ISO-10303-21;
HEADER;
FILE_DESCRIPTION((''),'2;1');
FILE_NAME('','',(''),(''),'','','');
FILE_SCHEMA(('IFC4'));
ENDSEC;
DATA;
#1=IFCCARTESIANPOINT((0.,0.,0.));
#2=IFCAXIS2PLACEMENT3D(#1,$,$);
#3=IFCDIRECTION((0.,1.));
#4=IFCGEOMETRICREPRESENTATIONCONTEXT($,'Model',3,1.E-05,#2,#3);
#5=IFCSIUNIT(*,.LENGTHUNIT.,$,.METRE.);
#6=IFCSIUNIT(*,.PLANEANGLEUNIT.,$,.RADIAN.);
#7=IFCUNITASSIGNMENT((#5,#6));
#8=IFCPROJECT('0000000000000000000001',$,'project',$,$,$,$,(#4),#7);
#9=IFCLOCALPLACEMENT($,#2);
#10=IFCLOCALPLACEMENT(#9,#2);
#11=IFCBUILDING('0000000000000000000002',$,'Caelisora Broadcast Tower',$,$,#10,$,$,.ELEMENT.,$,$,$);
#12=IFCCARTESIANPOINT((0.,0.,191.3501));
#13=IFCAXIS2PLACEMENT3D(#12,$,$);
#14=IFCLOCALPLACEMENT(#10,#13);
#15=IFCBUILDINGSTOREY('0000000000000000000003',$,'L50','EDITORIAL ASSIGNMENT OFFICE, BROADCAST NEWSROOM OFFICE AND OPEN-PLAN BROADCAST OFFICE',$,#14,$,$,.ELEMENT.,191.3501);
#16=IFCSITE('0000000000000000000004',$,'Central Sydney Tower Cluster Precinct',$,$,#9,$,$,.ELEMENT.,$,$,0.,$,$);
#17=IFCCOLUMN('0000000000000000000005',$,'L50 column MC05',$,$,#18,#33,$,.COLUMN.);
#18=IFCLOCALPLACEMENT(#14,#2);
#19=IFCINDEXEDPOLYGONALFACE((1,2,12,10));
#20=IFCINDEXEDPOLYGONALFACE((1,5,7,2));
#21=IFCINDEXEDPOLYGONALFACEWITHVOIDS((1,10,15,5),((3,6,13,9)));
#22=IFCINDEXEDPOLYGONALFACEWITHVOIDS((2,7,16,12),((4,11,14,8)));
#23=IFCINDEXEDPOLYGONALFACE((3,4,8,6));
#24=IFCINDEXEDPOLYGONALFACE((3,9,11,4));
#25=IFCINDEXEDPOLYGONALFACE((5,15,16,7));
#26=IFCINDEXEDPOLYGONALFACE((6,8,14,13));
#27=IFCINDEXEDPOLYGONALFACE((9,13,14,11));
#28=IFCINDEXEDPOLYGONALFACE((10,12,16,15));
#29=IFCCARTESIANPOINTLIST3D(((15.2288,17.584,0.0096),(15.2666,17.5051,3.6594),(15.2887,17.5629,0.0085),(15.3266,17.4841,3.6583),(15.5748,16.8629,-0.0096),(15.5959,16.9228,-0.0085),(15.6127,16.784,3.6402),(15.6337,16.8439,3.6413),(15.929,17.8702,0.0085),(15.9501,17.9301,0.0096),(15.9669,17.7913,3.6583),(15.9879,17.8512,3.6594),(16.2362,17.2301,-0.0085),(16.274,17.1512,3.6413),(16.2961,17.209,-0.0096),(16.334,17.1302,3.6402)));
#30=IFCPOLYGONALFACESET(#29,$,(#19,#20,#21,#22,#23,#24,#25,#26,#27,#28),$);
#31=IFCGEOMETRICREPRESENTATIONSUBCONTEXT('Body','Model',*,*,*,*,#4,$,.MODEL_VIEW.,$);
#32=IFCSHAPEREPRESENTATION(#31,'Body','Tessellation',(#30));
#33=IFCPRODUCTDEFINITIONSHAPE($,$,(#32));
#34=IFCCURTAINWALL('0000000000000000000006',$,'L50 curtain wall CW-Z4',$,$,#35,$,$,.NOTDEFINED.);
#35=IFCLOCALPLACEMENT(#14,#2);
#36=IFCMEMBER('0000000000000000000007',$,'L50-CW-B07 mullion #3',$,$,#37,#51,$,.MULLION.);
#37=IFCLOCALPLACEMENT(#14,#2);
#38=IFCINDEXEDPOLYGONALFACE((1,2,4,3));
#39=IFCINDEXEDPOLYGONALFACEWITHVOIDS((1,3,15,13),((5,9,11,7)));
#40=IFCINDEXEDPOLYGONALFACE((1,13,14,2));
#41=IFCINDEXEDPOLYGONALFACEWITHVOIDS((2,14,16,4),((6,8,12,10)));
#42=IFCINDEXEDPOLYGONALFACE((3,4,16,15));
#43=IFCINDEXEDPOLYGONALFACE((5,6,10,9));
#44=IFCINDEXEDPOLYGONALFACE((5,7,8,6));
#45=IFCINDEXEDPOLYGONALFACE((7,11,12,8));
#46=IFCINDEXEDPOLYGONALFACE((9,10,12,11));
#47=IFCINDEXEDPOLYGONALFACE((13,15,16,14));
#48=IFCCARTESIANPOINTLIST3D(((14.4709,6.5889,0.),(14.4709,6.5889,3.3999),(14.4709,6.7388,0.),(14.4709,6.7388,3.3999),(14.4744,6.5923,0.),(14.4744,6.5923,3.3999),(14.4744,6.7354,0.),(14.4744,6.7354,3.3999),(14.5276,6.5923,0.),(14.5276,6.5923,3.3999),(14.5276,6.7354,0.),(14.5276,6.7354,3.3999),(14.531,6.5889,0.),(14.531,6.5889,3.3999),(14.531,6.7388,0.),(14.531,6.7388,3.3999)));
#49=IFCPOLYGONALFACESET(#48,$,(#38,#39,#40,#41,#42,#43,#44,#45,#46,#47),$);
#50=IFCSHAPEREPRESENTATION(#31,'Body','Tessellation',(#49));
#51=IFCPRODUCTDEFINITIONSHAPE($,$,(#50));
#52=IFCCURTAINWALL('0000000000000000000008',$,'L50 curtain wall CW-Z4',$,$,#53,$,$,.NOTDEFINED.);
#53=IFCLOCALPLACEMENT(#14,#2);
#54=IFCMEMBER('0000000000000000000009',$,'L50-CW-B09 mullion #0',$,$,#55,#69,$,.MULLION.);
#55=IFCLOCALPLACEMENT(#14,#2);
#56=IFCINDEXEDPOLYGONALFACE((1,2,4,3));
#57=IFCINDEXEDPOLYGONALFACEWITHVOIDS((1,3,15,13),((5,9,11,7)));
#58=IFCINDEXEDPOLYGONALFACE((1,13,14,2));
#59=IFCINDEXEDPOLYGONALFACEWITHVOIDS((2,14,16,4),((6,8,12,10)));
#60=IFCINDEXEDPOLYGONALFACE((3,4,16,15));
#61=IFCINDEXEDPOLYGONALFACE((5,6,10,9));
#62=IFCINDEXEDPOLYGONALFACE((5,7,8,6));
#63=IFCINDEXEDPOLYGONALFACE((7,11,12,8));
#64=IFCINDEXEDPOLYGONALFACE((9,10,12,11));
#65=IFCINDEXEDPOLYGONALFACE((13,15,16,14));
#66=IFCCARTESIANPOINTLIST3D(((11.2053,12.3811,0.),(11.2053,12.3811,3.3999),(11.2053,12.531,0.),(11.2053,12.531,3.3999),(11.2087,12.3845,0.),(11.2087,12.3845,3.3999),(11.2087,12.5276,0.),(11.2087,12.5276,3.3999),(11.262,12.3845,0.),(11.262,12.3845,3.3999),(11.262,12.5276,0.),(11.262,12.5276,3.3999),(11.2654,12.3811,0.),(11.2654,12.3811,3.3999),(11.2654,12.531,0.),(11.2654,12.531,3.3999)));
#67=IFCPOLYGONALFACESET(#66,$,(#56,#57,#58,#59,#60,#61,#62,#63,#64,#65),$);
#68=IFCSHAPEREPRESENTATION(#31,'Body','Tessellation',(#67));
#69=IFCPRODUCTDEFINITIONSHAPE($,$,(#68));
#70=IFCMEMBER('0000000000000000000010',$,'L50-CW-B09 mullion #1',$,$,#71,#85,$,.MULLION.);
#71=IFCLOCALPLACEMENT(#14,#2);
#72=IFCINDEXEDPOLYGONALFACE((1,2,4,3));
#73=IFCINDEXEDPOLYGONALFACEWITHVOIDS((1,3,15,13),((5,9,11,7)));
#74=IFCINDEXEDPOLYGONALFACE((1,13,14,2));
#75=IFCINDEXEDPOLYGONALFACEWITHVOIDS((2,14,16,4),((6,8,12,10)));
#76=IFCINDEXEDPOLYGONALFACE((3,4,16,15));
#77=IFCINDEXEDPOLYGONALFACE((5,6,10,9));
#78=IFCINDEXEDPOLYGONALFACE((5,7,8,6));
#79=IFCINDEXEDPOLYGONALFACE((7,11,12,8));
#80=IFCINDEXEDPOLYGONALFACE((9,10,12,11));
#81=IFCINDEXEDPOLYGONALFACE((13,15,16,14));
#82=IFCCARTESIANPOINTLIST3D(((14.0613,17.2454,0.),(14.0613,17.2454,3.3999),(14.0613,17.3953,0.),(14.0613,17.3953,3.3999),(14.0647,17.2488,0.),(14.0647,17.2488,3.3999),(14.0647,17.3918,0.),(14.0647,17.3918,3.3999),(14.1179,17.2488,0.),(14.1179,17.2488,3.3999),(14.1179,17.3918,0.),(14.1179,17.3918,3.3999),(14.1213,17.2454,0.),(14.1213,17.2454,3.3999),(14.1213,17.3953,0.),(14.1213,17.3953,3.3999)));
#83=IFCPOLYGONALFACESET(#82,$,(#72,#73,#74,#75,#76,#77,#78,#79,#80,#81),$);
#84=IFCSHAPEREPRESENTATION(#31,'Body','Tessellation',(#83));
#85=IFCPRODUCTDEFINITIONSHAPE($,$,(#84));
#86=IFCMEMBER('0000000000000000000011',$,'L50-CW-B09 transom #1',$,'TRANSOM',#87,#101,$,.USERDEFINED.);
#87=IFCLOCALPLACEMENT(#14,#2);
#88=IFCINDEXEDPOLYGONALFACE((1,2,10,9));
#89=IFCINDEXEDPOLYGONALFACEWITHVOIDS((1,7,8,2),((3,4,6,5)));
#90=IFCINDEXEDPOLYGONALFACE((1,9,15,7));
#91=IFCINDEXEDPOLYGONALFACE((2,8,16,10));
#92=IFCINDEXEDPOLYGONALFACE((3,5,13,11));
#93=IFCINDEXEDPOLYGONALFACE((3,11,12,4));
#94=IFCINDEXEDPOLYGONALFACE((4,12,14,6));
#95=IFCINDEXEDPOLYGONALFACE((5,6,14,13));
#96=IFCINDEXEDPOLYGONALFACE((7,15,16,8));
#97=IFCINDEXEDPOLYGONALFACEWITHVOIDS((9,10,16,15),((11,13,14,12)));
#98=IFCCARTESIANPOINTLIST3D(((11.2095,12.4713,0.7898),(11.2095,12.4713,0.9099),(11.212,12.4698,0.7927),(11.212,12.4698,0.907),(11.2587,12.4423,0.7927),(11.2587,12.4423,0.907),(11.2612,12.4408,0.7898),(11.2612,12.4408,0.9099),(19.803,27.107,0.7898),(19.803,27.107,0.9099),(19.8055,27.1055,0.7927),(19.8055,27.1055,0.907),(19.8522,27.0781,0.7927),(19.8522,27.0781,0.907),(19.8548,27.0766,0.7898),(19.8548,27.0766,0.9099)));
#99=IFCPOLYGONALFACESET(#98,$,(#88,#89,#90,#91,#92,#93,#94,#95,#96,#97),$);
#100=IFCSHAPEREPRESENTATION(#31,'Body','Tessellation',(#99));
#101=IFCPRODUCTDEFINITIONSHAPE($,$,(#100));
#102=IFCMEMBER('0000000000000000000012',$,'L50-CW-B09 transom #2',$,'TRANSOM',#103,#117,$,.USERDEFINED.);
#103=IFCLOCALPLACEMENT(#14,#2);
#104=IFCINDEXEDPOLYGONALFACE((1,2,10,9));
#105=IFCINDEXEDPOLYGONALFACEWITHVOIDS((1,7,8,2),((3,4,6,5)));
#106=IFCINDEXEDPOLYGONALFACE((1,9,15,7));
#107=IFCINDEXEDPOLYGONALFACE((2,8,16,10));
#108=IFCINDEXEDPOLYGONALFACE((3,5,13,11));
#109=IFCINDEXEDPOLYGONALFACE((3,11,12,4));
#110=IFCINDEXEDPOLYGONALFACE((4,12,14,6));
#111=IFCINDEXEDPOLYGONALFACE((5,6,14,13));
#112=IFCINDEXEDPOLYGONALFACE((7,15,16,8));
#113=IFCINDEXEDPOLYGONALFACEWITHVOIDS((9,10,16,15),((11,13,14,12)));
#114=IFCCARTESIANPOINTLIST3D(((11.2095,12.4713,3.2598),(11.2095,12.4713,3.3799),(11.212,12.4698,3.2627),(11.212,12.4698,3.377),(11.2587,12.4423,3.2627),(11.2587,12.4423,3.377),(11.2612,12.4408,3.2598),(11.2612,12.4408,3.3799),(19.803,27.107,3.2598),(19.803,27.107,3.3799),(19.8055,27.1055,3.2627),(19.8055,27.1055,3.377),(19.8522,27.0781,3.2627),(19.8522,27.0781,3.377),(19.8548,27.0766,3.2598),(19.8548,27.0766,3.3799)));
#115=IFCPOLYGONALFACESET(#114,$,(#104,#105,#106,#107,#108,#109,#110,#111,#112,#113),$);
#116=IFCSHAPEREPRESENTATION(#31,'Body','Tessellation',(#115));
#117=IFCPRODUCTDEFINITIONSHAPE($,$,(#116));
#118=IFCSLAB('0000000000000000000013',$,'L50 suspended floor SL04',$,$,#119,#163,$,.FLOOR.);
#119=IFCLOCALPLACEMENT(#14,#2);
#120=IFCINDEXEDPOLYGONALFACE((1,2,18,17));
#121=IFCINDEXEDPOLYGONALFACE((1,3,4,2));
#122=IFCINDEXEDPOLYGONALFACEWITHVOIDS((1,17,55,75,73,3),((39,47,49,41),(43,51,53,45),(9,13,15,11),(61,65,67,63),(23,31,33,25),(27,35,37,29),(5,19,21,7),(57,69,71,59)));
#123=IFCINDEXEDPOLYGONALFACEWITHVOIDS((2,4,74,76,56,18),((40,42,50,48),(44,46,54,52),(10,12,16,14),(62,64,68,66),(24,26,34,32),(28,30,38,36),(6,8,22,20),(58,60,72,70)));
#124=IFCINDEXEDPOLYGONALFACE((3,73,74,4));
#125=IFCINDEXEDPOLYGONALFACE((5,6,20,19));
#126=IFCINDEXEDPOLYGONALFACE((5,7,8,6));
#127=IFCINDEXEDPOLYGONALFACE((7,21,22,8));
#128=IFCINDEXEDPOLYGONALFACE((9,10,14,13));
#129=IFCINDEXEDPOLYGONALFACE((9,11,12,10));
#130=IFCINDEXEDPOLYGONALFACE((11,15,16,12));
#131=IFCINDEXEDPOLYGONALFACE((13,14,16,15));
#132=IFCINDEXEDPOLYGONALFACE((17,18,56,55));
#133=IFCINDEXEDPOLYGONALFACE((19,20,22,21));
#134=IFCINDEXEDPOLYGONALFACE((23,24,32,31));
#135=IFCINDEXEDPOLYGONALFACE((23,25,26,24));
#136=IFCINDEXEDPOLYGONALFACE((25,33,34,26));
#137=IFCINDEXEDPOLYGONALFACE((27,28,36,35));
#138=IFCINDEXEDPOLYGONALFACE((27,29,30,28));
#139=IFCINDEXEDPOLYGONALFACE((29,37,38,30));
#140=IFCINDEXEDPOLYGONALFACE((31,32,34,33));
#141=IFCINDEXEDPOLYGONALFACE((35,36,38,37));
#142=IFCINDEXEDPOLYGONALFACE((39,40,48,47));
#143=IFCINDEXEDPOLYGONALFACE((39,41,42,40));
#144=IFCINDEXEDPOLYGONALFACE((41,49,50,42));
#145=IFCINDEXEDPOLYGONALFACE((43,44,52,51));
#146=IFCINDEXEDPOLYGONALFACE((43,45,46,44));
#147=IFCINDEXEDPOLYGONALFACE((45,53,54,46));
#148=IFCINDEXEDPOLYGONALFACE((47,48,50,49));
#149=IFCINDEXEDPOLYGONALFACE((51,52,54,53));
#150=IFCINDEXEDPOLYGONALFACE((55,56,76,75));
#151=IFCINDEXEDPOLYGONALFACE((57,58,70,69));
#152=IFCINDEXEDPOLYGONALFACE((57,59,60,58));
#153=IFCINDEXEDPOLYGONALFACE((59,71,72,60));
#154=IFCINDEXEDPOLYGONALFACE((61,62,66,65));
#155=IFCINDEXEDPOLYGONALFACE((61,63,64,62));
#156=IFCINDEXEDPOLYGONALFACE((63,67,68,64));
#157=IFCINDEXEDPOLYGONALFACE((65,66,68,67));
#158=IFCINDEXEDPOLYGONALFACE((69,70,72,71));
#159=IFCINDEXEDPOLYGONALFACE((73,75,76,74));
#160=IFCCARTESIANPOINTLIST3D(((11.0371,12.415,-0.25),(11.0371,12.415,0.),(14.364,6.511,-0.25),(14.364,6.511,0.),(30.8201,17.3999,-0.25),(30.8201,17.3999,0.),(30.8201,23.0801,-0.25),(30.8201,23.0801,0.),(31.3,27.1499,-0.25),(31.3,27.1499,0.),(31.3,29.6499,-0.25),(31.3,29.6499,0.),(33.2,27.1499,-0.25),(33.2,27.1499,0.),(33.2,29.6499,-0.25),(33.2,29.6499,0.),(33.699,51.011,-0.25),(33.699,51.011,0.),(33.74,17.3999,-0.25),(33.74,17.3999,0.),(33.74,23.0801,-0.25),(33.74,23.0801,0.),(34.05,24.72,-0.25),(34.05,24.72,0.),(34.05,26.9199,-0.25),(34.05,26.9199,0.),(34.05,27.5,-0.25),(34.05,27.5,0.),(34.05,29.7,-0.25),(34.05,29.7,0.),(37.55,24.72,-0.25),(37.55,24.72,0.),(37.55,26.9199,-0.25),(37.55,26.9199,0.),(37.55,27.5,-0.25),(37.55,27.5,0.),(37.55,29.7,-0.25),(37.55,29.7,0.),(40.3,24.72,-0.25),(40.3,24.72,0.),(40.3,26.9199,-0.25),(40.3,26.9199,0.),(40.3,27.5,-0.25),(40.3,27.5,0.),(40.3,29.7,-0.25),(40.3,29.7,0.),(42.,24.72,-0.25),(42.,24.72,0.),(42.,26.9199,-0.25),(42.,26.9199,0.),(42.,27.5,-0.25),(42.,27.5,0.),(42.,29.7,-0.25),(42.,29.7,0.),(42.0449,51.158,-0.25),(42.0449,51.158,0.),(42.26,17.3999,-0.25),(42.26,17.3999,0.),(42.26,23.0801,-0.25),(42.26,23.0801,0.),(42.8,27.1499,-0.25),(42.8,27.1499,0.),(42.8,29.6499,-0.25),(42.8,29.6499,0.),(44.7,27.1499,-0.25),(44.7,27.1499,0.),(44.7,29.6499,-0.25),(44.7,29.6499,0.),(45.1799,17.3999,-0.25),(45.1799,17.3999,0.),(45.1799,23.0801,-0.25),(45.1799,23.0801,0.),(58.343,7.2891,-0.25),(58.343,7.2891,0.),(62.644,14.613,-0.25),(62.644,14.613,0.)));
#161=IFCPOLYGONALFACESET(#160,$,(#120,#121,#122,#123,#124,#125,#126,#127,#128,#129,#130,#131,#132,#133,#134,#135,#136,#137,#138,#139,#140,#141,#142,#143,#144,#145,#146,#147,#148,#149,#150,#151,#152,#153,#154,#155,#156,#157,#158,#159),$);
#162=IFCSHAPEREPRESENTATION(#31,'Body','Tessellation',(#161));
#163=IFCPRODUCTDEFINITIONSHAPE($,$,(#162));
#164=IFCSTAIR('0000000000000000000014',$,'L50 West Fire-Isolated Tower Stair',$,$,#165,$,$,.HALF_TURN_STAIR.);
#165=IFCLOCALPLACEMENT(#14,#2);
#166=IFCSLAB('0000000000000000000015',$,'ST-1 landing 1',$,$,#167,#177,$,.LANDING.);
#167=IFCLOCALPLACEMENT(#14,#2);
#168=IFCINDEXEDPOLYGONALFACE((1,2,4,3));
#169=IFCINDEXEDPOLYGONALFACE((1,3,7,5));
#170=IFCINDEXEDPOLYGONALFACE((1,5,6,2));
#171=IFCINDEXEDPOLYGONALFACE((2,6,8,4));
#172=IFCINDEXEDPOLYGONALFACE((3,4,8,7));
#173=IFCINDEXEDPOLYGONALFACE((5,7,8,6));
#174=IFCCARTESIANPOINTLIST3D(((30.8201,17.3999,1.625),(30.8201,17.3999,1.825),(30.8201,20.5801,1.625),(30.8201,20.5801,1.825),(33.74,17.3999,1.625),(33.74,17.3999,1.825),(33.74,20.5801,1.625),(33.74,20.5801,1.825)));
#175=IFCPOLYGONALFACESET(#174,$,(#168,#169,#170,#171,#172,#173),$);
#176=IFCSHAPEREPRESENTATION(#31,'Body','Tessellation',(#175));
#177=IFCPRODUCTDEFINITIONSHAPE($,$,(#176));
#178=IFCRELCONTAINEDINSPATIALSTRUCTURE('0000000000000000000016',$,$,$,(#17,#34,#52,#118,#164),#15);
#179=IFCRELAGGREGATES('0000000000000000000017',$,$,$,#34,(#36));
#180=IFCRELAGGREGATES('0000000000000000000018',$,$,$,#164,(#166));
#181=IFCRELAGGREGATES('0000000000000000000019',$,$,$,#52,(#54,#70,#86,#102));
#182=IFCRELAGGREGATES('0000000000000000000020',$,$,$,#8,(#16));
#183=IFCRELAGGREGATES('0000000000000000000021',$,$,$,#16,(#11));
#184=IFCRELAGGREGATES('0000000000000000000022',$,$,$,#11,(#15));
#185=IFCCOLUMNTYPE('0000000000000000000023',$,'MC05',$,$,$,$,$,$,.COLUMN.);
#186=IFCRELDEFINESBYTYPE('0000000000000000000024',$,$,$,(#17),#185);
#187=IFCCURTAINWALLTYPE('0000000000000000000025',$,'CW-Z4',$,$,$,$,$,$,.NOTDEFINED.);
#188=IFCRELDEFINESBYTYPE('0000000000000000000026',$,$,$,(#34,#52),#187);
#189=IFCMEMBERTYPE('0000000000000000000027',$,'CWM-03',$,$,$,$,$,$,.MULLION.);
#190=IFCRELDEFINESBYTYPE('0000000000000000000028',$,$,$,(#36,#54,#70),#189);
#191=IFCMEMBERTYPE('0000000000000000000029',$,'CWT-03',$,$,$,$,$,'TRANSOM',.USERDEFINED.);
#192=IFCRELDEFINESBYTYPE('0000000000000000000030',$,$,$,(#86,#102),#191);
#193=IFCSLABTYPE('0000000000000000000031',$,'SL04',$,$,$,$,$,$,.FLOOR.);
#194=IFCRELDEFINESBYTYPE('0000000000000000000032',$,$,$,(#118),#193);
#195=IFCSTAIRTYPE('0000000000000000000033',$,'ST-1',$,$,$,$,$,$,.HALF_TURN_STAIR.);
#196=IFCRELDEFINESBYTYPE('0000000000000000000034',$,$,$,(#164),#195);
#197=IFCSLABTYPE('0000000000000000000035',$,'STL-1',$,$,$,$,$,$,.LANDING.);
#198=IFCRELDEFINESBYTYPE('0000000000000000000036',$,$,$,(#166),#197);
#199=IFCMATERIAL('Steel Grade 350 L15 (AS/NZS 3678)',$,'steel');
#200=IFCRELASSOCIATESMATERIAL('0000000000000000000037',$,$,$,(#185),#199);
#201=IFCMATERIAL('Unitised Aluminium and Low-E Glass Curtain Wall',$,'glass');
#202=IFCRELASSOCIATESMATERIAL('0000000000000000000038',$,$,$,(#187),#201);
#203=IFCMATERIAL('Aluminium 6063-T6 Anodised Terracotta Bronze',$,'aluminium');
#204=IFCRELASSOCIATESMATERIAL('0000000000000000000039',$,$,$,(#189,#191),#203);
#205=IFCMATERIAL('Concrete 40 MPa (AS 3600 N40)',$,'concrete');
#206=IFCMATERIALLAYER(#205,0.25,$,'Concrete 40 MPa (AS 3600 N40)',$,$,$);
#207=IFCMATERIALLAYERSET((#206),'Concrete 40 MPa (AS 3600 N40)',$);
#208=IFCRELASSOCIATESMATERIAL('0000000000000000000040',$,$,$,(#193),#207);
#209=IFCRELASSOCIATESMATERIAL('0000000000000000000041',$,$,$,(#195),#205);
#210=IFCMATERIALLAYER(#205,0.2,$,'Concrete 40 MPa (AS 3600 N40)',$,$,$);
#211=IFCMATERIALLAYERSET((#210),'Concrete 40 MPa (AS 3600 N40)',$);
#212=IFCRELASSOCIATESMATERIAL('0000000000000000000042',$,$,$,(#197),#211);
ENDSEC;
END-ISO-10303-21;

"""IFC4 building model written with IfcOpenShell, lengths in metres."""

from ifc_helpers import new_model, si_unit, direction, frame, origin, origin_2d, place, context, subcontext, project, spatial, polyline, hollow_rectangle, outline, extrude, source, transform, mapped, material, layer, layer_set, material_profile, profile_set, type_object, type_shapes, element, aggregate, save


model = new_model("IFC4")

# Units and contexts
model_context = context("Model", 3, precision=1e-05, world=origin(), true_north=direction((0.0, 1.0)))
body_context = subcontext(model_context, "Body", "Model", "MODEL_VIEW")
ifc_project = project(units=[si_unit("LENGTHUNIT", "METRE"), si_unit("PLANEANGLEUNIT", "RADIAN")], contexts=[model_context])

# Site, building, storey
site_placement = place(None, origin())
site = spatial("IfcSite", under=ifc_project, at=site_placement, Name="Central Sydney Tower Cluster Precinct", CompositionType="ELEMENT", RefElevation=0.0)
building_placement = place(site_placement, origin())
building = spatial("IfcBuilding", under=site, at=building_placement, Name="Caelisora Broadcast Tower", CompositionType="ELEMENT")
storey_placement = place(building_placement, frame((0.0, 0.0, 191.3501)))
storey = spatial("IfcBuildingStorey", under=building, at=storey_placement, Name="L50", Description="EDITORIAL ASSIGNMENT OFFICE, BROADCAST NEWSROOM OFFICE AND OPEN-PLAN BROADCAST OFFICE", CompositionType="ELEMENT", Elevation=191.3501)

# Column
ifc_material_1 = material(Name="Steel Grade 350 L15 (AS/NZS 3678)", Category="steel")
ifc_material_profile_1 = material_profile(ifc_material_1, hollow_rectangle(XDim=0.8, YDim=0.8, WallThickness=0.0449, at=origin_2d()), Name="Steel Grade 350 L15 (AS/NZS 3678)")
ifc_profile_set_1 = profile_set([ifc_material_profile_1], Name="Steel Grade 350 L15 (AS/NZS 3678)")
column_type = type_object("IfcColumnType", Name="MC05", PredefinedType="COLUMN", material=ifc_profile_set_1)
shared_shape_1 = source(origin(), body_context, "Body", "SweptSolid", [
    extrude(hollow_rectangle(XDim=0.8, YDim=0.8, WallThickness=0.0449, at=origin_2d()), origin(), (0.0, 0.0, 1.0), 3.6509),
])
type_shapes(column_type, [shared_shape_1])
column_placement = place(storey_placement, frame((15.7625, 17.3965, 0.0), z_axis=(0.010365, -0.021599, 0.999713), x_axis=(0.901567, 0.43264, 0.0)))
element("IfcColumn", 1, at=column_placement, inside=storey, type_object=column_type, Name="L50 column MC05", PredefinedType="COLUMN", context=body_context, shape_type="MappedRepresentation", body=[
    mapped(shared_shape_1, transform((0.0, 0.0, 0.0), scale=1.0)),
])

# Curtain wall, member
ifc_material_2 = material(Name="Unitised Aluminium and Low-E Glass Curtain Wall", Category="glass")
curtain_wall_type = type_object("IfcCurtainWallType", Name="CW-Z4", PredefinedType="NOTDEFINED", material=ifc_material_2)
curtain_wall_1_placement = place(storey_placement, origin())
curtain_wall_1 = element("IfcCurtainWall", 2, at=curtain_wall_1_placement, inside=storey, type_object=curtain_wall_type, Name="L50 curtain wall CW-Z4", PredefinedType="NOTDEFINED")
ifc_material_3 = material(Name="Aluminium 6063-T6 Anodised Terracotta Bronze", Category="aluminium")
ifc_material_profile_2 = material_profile(ifc_material_3, hollow_rectangle(XDim=0.0601, YDim=0.1499, WallThickness=0.0034, at=origin_2d()), Name="Aluminium 6063-T6 Anodised Terracotta Bronze")
ifc_profile_set_2 = profile_set([ifc_material_profile_2], Name="Aluminium 6063-T6 Anodised Terracotta Bronze")
member_type_1 = type_object("IfcMemberType", Name="CWM-03", PredefinedType="MULLION", material=ifc_profile_set_2)
shared_shape_2 = source(origin(), body_context, "Body", "SweptSolid", [
    extrude(hollow_rectangle(XDim=0.0601, YDim=0.1499, WallThickness=0.0034, at=origin_2d()), origin(), (0.0, 0.0, 1.0), 3.3999),
])
type_shapes(member_type_1, [shared_shape_2])
member_1_placement = place(storey_placement, frame((14.501, 6.6638, 0.0), z_axis=(0.0, 0.0, 1.0), x_axis=(1.0, 0.0, 0.0)))
member_1 = element("IfcMember", 3, at=member_1_placement, type_object=member_type_1, Name="L50-CW-B07 mullion #3", PredefinedType="MULLION", context=body_context, shape_type="MappedRepresentation", body=[
    mapped(shared_shape_2, transform((0.0, 0.0, 0.0), scale=1.0)),
])
aggregate(curtain_wall_1, [member_1])

# Curtain wall, members
curtain_wall_2_placement = place(storey_placement, origin())
curtain_wall_2 = element("IfcCurtainWall", 4, at=curtain_wall_2_placement, inside=storey, type_object=curtain_wall_type, Name="L50 curtain wall CW-Z4", PredefinedType="NOTDEFINED")
member_2_placement = place(storey_placement, frame((11.2354, 12.4561, 0.0), z_axis=(0.0, 0.0, 1.0), x_axis=(1.0, 0.0, 0.0)))
member_2 = element("IfcMember", 5, at=member_2_placement, type_object=member_type_1, Name="L50-CW-B09 mullion #0", PredefinedType="MULLION", context=body_context, shape_type="MappedRepresentation", body=[
    mapped(shared_shape_2, transform((0.0, 0.0, 0.0), scale=1.0)),
])
member_3_placement = place(storey_placement, frame((14.0913, 17.3203, 0.0), z_axis=(0.0, 0.0, 1.0), x_axis=(1.0, 0.0, 0.0)))
member_3 = element("IfcMember", 6, at=member_3_placement, type_object=member_type_1, Name="L50-CW-B09 mullion #1", PredefinedType="MULLION", context=body_context, shape_type="MappedRepresentation", body=[
    mapped(shared_shape_2, transform((0.0, 0.0, 0.0), scale=1.0)),
])
ifc_material_profile_3 = material_profile(ifc_material_3, hollow_rectangle(XDim=0.0601, YDim=0.1201, WallThickness=0.0029, at=origin_2d()), Name="Aluminium 6063-T6 Anodised Terracotta Bronze")
ifc_profile_set_3 = profile_set([ifc_material_profile_3], Name="Aluminium 6063-T6 Anodised Terracotta Bronze")
member_type_2 = type_object("IfcMemberType", Name="CWT-03", ElementType="TRANSOM", PredefinedType="USERDEFINED", material=ifc_profile_set_3)
shared_shape_3 = source(origin(), body_context, "Body", "SweptSolid", [
    extrude(hollow_rectangle(XDim=0.0601, YDim=0.1201, WallThickness=0.0029, at=origin_2d()), origin(), (0.0, 0.0, 1.0), 16.9722),
])
type_shapes(member_type_2, [shared_shape_3])
member_4_placement = place(storey_placement, frame((11.2354, 12.4561, 0.8499), z_axis=(0.50633, 0.86234, 0.0), x_axis=(-0.86234, 0.50633, 0.0)))
member_4 = element("IfcMember", 7, at=member_4_placement, type_object=member_type_2, Name="L50-CW-B09 transom #1", ObjectType="TRANSOM", PredefinedType="USERDEFINED", context=body_context, shape_type="MappedRepresentation", body=[
    mapped(shared_shape_3, transform((0.0, 0.0, 0.0), scale=1.0)),
])
member_5_placement = place(storey_placement, frame((11.2354, 12.4561, 3.3198), z_axis=(0.50633, 0.86234, 0.0), x_axis=(-0.86234, 0.50633, 0.0)))
member_5 = element("IfcMember", 8, at=member_5_placement, type_object=member_type_2, Name="L50-CW-B09 transom #2", ObjectType="TRANSOM", PredefinedType="USERDEFINED", context=body_context, shape_type="MappedRepresentation", body=[
    mapped(shared_shape_3, transform((0.0, 0.0, 0.0), scale=1.0)),
])

# Slab
ifc_material_4 = material(Name="Concrete 40 MPa (AS 3600 N40)", Category="concrete")
ifc_layer_1 = layer(ifc_material_4, 0.25, Name="Concrete 40 MPa (AS 3600 N40)")
ifc_layer_set_1 = layer_set([ifc_layer_1], Name="Concrete 40 MPa (AS 3600 N40)")
slab_type_1 = type_object("IfcSlabType", Name="SL04", PredefinedType="FLOOR", material=ifc_layer_set_1)
slab_1_placement = place(storey_placement, frame((0.0, 0.0, -0.25)))
element("IfcSlab", 9, at=slab_1_placement, inside=storey, type_object=slab_type_1, Name="L50 suspended floor SL04", PredefinedType="FLOOR", context=body_context, shape_type="SweptSolid", body=[
    extrude(outline(polyline([(42.0449, 51.158), (33.699, 51.011), (11.0371, 12.415), (14.364, 6.511), (58.343, 7.2891), (62.644, 14.613), (42.0449, 51.158)]), holes=[polyline([(30.8201, 17.3999), (33.74, 17.3999), (33.74, 23.0801), (30.8201, 23.0801), (30.8201, 17.3999)]), polyline([(42.26, 17.3999), (45.1799, 17.3999), (45.1799, 23.0801), (42.26, 23.0801), (42.26, 17.3999)]), polyline([(42.8, 27.1499), (44.7, 27.1499), (44.7, 29.6499), (42.8, 29.6499), (42.8, 27.1499)]), polyline([(40.3, 24.72), (42.0, 24.72), (42.0, 26.9199), (40.3, 26.9199), (40.3, 24.72)]), polyline([(40.3, 27.5), (42.0, 27.5), (42.0, 29.7), (40.3, 29.7), (40.3, 27.5)]), polyline([(34.05, 24.72), (37.55, 24.72), (37.55, 26.9199), (34.05, 26.9199), (34.05, 24.72)]), polyline([(34.05, 27.5), (37.55, 27.5), (37.55, 29.7), (34.05, 29.7), (34.05, 27.5)]), polyline([(31.3, 27.1499), (33.2, 27.1499), (33.2, 29.6499), (31.3, 29.6499), (31.3, 27.1499)])]), origin(), (0.0, 0.0, 1.0), 0.25),
])

# Stair, slab
stair_type_1 = type_object("IfcStairType", Name="ST-1", PredefinedType="HALF_TURN_STAIR", material=ifc_material_4)
stair_1_placement = place(storey_placement, origin())
stair_1 = element("IfcStair", 10, at=stair_1_placement, inside=storey, type_object=stair_type_1, Name="L50 West Fire-Isolated Tower Stair", PredefinedType="HALF_TURN_STAIR")
ifc_layer_2 = layer(ifc_material_4, 0.2, Name="Concrete 40 MPa (AS 3600 N40)")
ifc_layer_set_2 = layer_set([ifc_layer_2], Name="Concrete 40 MPa (AS 3600 N40)")
slab_type_2 = type_object("IfcSlabType", Name="STL-1", PredefinedType="LANDING", material=ifc_layer_set_2)
slab_2_placement = place(storey_placement, frame((0.0, 0.0, 1.625)))
slab_2 = element("IfcSlab", 11, at=slab_2_placement, type_object=slab_type_2, Name="ST-1 landing 1", PredefinedType="LANDING", context=body_context, shape_type="SweptSolid", body=[
    extrude(outline(polyline([(30.8201, 20.5801), (30.8201, 17.3999), (33.74, 17.3999), (33.74, 20.5801), (30.8201, 20.5801)])), origin(), (0.0, 0.0, 1.0), 0.2),
])
aggregate(stair_1, [slab_2])

aggregate(curtain_wall_2, [member_2, member_3, member_4, member_5])

save(model, "model.ifc")
